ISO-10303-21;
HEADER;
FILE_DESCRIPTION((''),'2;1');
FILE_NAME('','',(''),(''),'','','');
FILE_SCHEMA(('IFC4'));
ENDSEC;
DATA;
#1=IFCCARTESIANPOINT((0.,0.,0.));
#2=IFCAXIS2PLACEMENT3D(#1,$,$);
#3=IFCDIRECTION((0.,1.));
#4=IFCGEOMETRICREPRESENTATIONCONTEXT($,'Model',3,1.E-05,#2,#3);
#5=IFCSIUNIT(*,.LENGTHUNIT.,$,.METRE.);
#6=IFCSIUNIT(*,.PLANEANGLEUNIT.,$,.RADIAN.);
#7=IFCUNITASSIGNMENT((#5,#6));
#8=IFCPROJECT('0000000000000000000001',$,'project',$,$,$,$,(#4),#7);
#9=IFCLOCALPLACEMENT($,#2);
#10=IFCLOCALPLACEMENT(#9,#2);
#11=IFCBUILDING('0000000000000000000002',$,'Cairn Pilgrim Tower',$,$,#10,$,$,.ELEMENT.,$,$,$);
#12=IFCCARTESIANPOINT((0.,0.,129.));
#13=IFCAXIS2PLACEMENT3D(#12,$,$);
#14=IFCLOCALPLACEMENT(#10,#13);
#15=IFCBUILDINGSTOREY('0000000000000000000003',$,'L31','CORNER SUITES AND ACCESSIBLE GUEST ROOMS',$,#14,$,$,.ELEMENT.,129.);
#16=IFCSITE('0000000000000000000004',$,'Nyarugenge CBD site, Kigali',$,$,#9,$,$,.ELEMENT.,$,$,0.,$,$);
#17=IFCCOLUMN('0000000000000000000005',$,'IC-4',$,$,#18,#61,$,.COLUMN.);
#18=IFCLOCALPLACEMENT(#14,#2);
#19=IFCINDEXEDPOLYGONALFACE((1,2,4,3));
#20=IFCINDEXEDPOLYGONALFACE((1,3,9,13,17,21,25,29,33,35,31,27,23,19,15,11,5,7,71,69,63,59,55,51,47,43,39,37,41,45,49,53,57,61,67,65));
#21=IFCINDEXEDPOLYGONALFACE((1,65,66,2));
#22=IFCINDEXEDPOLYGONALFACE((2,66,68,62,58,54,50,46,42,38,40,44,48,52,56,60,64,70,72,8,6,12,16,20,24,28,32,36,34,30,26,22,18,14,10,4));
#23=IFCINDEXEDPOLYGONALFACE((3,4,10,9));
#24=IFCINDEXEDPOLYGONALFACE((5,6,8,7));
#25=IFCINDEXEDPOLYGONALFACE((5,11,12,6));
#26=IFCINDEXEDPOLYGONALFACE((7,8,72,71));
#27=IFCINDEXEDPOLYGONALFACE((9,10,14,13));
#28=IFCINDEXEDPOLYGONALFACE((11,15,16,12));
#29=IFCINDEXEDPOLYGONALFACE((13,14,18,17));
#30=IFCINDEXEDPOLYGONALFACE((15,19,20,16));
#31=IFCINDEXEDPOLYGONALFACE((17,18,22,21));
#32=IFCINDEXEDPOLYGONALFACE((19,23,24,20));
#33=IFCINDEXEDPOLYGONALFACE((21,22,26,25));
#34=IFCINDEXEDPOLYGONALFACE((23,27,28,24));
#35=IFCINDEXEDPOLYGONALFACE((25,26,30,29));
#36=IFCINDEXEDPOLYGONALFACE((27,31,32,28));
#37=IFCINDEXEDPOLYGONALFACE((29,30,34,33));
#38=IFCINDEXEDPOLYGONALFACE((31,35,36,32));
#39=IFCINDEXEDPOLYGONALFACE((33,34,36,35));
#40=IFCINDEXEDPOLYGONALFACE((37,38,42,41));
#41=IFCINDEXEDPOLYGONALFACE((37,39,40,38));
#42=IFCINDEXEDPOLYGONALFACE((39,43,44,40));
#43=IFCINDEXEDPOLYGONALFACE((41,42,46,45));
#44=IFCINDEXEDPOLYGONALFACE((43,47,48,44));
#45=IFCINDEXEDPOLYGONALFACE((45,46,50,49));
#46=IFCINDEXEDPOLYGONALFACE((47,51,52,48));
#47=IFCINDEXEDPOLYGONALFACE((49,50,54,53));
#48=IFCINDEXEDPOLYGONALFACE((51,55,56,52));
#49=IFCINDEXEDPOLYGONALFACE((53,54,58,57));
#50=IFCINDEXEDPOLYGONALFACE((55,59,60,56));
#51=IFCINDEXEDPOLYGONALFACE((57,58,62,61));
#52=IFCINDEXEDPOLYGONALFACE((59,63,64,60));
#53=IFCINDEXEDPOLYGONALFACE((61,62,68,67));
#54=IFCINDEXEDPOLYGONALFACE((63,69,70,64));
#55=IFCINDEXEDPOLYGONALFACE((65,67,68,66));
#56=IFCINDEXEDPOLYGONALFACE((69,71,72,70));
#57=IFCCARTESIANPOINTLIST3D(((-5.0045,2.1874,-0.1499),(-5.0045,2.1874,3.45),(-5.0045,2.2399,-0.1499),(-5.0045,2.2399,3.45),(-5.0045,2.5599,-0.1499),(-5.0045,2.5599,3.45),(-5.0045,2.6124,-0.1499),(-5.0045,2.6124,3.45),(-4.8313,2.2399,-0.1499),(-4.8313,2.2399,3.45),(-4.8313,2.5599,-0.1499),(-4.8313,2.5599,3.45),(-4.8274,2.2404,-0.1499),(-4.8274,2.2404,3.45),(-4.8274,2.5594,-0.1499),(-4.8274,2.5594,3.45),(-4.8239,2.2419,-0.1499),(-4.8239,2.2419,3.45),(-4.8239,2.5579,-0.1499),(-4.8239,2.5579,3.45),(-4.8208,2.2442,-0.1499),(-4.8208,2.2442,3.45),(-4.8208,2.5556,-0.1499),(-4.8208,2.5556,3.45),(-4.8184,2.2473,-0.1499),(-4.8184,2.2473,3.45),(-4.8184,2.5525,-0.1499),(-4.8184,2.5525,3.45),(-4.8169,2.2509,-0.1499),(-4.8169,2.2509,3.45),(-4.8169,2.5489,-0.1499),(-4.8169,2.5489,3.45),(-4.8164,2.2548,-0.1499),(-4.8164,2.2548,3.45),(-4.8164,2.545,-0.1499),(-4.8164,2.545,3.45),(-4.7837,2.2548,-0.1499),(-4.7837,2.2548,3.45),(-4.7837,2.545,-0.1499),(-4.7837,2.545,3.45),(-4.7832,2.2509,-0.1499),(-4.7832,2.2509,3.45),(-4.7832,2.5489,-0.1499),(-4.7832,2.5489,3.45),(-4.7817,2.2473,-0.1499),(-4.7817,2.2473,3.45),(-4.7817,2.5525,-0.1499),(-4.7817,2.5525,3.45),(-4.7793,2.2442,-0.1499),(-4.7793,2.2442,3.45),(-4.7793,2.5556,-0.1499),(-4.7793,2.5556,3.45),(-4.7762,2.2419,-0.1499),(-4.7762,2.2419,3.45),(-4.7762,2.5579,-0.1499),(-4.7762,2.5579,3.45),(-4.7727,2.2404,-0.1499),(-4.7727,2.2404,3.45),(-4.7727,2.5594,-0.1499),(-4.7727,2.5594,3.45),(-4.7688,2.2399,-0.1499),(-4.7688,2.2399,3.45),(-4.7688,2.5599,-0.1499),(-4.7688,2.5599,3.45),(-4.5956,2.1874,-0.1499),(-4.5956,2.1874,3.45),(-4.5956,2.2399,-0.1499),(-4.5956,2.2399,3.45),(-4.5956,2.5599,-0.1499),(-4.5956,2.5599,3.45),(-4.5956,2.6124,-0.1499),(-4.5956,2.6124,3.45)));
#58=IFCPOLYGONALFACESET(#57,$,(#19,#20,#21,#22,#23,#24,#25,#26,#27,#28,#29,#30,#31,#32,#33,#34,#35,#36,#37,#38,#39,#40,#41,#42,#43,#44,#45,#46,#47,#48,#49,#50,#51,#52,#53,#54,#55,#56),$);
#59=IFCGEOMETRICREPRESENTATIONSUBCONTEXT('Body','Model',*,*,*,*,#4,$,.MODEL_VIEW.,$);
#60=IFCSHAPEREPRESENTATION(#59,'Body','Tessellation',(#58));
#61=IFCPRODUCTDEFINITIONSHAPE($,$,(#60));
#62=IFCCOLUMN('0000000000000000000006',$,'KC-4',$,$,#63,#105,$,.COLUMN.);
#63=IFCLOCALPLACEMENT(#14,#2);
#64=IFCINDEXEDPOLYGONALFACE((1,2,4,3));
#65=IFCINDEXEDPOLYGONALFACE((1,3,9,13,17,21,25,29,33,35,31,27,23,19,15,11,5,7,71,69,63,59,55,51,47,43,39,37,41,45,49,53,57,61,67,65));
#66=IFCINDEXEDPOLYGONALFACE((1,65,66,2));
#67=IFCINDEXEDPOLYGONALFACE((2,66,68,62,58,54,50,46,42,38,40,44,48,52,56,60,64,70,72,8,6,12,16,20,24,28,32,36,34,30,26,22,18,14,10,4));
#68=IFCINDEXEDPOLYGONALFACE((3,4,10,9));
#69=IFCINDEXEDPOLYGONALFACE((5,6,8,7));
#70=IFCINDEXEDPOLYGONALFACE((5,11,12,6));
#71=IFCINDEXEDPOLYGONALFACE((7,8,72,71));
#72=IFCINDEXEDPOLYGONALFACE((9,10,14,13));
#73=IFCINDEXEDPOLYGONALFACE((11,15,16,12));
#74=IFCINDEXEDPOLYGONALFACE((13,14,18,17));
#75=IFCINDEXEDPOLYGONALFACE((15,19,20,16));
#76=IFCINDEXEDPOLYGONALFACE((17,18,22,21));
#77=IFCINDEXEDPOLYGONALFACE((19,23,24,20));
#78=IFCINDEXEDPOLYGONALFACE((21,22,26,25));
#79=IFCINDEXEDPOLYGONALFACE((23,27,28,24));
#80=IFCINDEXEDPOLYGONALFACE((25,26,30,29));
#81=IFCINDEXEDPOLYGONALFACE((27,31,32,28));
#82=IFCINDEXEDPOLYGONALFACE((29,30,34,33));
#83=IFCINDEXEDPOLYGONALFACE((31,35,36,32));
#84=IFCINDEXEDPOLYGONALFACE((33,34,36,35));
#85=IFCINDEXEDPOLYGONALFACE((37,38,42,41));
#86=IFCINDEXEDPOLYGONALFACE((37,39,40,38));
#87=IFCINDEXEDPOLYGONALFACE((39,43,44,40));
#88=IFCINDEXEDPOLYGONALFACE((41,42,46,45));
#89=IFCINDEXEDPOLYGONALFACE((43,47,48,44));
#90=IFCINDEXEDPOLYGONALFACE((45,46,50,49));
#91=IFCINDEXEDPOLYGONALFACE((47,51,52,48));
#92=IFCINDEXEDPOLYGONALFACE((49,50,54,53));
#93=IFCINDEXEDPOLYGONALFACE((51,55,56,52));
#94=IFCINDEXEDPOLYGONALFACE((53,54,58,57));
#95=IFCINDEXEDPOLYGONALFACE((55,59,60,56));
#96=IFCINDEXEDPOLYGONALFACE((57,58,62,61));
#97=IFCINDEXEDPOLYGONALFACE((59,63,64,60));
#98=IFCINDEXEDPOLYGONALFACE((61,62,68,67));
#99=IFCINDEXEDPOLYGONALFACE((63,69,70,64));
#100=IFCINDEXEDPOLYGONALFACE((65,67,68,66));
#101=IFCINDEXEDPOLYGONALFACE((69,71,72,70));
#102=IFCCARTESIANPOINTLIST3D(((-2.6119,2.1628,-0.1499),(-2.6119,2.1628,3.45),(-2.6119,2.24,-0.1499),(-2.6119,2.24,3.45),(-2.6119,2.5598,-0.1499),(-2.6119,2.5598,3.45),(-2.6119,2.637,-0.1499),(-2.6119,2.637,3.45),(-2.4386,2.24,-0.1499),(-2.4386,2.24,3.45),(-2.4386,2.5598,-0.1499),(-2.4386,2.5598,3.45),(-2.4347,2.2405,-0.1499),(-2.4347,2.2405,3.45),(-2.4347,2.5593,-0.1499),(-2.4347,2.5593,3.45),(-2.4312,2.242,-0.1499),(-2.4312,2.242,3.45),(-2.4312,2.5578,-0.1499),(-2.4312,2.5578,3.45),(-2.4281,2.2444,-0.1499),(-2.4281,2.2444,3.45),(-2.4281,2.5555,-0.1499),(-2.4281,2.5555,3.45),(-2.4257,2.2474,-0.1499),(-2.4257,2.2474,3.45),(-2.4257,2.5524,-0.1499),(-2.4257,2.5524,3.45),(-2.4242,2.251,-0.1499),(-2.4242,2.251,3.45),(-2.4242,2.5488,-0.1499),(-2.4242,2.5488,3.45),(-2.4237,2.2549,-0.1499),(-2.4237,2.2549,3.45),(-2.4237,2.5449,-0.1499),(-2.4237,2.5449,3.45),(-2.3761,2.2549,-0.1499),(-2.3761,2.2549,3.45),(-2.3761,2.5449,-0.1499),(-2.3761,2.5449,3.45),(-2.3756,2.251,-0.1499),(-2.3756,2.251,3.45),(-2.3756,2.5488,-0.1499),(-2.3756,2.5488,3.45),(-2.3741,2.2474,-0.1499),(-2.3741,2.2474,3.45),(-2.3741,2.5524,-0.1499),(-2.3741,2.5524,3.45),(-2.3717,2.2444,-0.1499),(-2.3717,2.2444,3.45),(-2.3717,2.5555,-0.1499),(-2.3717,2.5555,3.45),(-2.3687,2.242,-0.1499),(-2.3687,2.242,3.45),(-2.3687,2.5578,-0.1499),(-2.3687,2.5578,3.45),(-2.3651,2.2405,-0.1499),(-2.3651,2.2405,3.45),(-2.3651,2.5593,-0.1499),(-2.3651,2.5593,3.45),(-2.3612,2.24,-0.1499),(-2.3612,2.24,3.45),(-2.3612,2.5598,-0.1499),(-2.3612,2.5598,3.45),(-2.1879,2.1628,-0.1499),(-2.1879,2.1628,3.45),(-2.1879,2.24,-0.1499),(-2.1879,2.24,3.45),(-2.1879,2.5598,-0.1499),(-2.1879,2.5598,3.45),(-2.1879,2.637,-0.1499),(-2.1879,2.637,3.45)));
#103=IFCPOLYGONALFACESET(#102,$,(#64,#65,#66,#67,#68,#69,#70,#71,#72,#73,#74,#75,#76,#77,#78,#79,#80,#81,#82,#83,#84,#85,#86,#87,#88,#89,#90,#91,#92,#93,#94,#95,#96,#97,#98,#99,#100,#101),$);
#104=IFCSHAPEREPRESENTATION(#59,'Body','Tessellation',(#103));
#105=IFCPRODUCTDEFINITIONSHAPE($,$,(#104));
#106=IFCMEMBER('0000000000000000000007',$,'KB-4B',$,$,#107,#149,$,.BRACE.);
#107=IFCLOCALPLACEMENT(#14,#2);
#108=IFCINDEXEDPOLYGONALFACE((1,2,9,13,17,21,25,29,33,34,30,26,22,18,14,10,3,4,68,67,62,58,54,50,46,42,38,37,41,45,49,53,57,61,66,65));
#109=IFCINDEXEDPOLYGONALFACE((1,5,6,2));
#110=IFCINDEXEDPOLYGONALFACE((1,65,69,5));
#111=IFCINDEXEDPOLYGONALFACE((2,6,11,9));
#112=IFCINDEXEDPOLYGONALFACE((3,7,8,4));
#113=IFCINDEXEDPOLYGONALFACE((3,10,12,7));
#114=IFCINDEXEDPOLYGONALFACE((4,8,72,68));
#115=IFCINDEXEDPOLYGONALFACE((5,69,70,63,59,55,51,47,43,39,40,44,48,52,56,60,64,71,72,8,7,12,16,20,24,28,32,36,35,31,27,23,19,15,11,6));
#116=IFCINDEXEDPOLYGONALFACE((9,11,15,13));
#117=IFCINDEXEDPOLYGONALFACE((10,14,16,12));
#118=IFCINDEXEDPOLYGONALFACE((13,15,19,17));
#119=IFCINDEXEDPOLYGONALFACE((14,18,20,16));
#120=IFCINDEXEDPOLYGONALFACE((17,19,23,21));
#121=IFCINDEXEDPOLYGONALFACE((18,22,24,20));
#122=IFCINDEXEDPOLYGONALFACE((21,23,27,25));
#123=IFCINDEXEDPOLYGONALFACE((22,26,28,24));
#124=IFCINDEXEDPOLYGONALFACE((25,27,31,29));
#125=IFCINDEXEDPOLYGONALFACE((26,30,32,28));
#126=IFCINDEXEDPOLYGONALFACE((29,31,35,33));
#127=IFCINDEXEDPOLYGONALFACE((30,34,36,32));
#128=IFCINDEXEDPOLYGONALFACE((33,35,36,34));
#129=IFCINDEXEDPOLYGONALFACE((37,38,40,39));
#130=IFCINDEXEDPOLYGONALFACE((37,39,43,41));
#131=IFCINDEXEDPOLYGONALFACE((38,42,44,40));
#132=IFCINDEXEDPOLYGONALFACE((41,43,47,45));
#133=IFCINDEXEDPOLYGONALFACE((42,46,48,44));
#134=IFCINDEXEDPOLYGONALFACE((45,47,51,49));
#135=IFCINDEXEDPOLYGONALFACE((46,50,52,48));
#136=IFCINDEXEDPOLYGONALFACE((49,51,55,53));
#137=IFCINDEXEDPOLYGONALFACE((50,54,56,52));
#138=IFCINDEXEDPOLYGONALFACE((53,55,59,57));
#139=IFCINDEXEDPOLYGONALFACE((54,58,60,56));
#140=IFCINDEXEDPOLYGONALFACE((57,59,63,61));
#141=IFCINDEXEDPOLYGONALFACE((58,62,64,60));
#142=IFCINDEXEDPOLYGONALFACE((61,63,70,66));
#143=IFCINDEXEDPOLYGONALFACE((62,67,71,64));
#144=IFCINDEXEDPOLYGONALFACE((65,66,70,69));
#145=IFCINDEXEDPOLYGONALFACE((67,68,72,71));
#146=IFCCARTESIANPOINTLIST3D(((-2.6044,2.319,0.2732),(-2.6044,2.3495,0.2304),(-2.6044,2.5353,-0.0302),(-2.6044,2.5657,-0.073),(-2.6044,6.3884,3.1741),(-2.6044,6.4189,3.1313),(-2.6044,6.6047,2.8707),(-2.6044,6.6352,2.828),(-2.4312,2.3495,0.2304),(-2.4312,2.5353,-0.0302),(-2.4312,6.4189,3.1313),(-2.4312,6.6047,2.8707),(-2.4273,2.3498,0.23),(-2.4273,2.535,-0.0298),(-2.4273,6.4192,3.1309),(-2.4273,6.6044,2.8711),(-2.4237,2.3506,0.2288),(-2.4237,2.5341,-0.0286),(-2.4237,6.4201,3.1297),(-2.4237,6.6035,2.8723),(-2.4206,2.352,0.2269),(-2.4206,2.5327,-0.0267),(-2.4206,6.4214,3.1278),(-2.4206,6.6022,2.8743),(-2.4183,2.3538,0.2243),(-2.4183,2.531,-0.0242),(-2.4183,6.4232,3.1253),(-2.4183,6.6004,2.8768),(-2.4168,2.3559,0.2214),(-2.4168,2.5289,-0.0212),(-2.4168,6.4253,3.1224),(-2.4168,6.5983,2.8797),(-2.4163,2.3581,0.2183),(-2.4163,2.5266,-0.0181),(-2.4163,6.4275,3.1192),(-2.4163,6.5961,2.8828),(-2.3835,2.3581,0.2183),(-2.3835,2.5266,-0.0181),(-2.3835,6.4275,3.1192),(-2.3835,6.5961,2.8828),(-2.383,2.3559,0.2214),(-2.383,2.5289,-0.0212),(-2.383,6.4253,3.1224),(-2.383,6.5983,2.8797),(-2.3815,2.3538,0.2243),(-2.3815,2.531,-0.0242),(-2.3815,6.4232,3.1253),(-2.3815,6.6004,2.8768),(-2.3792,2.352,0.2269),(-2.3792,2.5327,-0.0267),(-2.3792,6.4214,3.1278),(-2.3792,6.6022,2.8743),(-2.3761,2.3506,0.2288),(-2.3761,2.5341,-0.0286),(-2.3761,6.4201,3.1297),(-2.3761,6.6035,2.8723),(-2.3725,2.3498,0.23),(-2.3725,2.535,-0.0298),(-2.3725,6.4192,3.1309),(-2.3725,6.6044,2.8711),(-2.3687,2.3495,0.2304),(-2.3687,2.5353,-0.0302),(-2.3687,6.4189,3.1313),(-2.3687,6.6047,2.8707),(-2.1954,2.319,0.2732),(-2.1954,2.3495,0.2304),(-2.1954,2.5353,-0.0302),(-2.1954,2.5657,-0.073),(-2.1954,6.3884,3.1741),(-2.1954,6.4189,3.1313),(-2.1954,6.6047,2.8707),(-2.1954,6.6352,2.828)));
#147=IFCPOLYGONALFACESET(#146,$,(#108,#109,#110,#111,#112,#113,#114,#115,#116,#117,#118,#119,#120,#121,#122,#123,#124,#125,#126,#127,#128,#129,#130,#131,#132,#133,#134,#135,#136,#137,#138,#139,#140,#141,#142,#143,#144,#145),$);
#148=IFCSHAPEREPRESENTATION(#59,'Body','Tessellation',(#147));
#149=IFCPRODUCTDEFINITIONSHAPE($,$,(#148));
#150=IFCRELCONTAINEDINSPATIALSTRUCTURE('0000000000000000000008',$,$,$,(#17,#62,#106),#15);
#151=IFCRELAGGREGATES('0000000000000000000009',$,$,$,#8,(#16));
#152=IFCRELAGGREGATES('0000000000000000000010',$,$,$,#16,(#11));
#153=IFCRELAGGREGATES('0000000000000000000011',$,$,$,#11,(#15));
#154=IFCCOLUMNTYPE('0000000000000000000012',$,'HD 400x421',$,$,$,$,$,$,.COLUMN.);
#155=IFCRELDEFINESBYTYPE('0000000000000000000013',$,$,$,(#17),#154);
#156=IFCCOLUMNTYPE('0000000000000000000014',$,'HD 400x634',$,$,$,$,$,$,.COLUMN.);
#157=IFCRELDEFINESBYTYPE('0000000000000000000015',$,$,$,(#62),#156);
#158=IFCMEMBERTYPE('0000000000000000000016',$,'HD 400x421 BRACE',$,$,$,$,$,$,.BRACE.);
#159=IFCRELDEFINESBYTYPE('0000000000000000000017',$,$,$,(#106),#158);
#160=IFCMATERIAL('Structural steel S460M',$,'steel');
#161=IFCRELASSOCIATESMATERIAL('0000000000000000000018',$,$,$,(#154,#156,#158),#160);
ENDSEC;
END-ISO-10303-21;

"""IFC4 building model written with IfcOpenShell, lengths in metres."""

from ifc_helpers import new_model, si_unit, direction, frame, origin, origin_2d, place, context, subcontext, project, spatial, i_section, extrude, material, material_profile, profile_set, type_object, element, save


model = new_model("IFC4")

# Units and contexts
model_context = context("Model", 3, precision=1e-05, world=origin(), true_north=direction((0.0, 1.0)))
body_context = subcontext(model_context, "Body", "Model", "MODEL_VIEW")
ifc_project = project(units=[si_unit("LENGTHUNIT", "METRE"), si_unit("PLANEANGLEUNIT", "RADIAN")], contexts=[model_context])

# Site, building, storey
site_placement = place(None, origin())
site = spatial("IfcSite", under=ifc_project, at=site_placement, Name="Nyarugenge CBD site, Kigali", CompositionType="ELEMENT", RefElevation=0.0)
building_placement = place(site_placement, origin())
building = spatial("IfcBuilding", under=site, at=building_placement, Name="Cairn Pilgrim Tower", CompositionType="ELEMENT")
storey_placement = place(building_placement, frame((0.0, 0.0, 129.0)))
storey = spatial("IfcBuildingStorey", under=building, at=storey_placement, Name="L31", Description="CORNER SUITES AND ACCESSIBLE GUEST ROOMS", CompositionType="ELEMENT", Elevation=129.0)

# Columns
ifc_material_1 = material(Name="Structural steel S460M", Category="steel")
ifc_material_profile_1 = material_profile(ifc_material_1, i_section(OverallWidth=0.4089, OverallDepth=0.425, WebThickness=0.0327, FlangeThickness=0.0525, FilletRadius=0.0149, at=origin_2d()), Name="HD 400x421")
ifc_profile_set_1 = profile_set([ifc_material_profile_1], Name="Structural steel S460M")
column_type_1 = type_object("IfcColumnType", Name="HD 400x421", PredefinedType="COLUMN", material=ifc_profile_set_1)
column_1_placement = place(storey_placement, frame((-4.8, 2.3999, -0.1499), z_axis=(0.0, 0.0, 1.0), x_axis=(1.0, 0.0, 0.0)))
element("IfcColumn", 1, at=column_1_placement, inside=storey, type_object=column_type_1, Name="IC-4", PredefinedType="COLUMN", context=body_context, shape_type="SweptSolid", body=[
    extrude(i_section(OverallWidth=0.4089, OverallDepth=0.425, WebThickness=0.0327, FlangeThickness=0.0525, FilletRadius=0.0149, at=origin_2d()), origin(), (0.0, 0.0, 1.0), 3.5999),
])
ifc_material_profile_2 = material_profile(ifc_material_1, i_section(OverallWidth=0.4241, OverallDepth=0.4741, WebThickness=0.0476, FlangeThickness=0.0771, FilletRadius=0.0149, at=origin_2d()), Name="HD 400x634")
ifc_profile_set_2 = profile_set([ifc_material_profile_2], Name="Structural steel S460M")
column_type_2 = type_object("IfcColumnType", Name="HD 400x634", PredefinedType="COLUMN", material=ifc_profile_set_2)
column_2_placement = place(storey_placement, frame((-2.3999, 2.3999, -0.1499), z_axis=(0.0, 0.0, 1.0), x_axis=(1.0, 0.0, 0.0)))
element("IfcColumn", 2, at=column_2_placement, inside=storey, type_object=column_type_2, Name="KC-4", PredefinedType="COLUMN", context=body_context, shape_type="SweptSolid", body=[
    extrude(i_section(OverallWidth=0.4241, OverallDepth=0.4741, WebThickness=0.0476, FlangeThickness=0.0771, FilletRadius=0.0149, at=origin_2d()), origin(), (0.0, 0.0, 1.0), 3.5999),
])

# Member
ifc_material_profile_3 = material_profile(ifc_material_1, i_section(OverallWidth=0.4089, OverallDepth=0.425, WebThickness=0.0327, FlangeThickness=0.0525, FilletRadius=0.0149, at=origin_2d()), Name="HD 400x421")
ifc_profile_set_3 = profile_set([ifc_material_profile_3], Name="Structural steel S460M")
member_type = type_object("IfcMemberType", Name="HD 400x421 BRACE", PredefinedType="BRACE", material=ifc_profile_set_3)
member_placement = place(storey_placement, frame((-2.3999, 2.4424, 0.1001), z_axis=(0.0, 0.814281, 0.580471), x_axis=(-1.0, 0.0, 0.0)))
element("IfcMember", 3, at=member_placement, inside=storey, type_object=member_type, Name="KB-4B", PredefinedType="BRACE", context=body_context, shape_type="SweptSolid", body=[
    extrude(i_section(OverallWidth=0.4089, OverallDepth=0.425, WebThickness=0.0327, FlangeThickness=0.0525, FilletRadius=0.0149, at=origin_2d()), origin(), (0.0, 0.0, 1.0), 4.9976),
])

save(model, "model.ifc")
